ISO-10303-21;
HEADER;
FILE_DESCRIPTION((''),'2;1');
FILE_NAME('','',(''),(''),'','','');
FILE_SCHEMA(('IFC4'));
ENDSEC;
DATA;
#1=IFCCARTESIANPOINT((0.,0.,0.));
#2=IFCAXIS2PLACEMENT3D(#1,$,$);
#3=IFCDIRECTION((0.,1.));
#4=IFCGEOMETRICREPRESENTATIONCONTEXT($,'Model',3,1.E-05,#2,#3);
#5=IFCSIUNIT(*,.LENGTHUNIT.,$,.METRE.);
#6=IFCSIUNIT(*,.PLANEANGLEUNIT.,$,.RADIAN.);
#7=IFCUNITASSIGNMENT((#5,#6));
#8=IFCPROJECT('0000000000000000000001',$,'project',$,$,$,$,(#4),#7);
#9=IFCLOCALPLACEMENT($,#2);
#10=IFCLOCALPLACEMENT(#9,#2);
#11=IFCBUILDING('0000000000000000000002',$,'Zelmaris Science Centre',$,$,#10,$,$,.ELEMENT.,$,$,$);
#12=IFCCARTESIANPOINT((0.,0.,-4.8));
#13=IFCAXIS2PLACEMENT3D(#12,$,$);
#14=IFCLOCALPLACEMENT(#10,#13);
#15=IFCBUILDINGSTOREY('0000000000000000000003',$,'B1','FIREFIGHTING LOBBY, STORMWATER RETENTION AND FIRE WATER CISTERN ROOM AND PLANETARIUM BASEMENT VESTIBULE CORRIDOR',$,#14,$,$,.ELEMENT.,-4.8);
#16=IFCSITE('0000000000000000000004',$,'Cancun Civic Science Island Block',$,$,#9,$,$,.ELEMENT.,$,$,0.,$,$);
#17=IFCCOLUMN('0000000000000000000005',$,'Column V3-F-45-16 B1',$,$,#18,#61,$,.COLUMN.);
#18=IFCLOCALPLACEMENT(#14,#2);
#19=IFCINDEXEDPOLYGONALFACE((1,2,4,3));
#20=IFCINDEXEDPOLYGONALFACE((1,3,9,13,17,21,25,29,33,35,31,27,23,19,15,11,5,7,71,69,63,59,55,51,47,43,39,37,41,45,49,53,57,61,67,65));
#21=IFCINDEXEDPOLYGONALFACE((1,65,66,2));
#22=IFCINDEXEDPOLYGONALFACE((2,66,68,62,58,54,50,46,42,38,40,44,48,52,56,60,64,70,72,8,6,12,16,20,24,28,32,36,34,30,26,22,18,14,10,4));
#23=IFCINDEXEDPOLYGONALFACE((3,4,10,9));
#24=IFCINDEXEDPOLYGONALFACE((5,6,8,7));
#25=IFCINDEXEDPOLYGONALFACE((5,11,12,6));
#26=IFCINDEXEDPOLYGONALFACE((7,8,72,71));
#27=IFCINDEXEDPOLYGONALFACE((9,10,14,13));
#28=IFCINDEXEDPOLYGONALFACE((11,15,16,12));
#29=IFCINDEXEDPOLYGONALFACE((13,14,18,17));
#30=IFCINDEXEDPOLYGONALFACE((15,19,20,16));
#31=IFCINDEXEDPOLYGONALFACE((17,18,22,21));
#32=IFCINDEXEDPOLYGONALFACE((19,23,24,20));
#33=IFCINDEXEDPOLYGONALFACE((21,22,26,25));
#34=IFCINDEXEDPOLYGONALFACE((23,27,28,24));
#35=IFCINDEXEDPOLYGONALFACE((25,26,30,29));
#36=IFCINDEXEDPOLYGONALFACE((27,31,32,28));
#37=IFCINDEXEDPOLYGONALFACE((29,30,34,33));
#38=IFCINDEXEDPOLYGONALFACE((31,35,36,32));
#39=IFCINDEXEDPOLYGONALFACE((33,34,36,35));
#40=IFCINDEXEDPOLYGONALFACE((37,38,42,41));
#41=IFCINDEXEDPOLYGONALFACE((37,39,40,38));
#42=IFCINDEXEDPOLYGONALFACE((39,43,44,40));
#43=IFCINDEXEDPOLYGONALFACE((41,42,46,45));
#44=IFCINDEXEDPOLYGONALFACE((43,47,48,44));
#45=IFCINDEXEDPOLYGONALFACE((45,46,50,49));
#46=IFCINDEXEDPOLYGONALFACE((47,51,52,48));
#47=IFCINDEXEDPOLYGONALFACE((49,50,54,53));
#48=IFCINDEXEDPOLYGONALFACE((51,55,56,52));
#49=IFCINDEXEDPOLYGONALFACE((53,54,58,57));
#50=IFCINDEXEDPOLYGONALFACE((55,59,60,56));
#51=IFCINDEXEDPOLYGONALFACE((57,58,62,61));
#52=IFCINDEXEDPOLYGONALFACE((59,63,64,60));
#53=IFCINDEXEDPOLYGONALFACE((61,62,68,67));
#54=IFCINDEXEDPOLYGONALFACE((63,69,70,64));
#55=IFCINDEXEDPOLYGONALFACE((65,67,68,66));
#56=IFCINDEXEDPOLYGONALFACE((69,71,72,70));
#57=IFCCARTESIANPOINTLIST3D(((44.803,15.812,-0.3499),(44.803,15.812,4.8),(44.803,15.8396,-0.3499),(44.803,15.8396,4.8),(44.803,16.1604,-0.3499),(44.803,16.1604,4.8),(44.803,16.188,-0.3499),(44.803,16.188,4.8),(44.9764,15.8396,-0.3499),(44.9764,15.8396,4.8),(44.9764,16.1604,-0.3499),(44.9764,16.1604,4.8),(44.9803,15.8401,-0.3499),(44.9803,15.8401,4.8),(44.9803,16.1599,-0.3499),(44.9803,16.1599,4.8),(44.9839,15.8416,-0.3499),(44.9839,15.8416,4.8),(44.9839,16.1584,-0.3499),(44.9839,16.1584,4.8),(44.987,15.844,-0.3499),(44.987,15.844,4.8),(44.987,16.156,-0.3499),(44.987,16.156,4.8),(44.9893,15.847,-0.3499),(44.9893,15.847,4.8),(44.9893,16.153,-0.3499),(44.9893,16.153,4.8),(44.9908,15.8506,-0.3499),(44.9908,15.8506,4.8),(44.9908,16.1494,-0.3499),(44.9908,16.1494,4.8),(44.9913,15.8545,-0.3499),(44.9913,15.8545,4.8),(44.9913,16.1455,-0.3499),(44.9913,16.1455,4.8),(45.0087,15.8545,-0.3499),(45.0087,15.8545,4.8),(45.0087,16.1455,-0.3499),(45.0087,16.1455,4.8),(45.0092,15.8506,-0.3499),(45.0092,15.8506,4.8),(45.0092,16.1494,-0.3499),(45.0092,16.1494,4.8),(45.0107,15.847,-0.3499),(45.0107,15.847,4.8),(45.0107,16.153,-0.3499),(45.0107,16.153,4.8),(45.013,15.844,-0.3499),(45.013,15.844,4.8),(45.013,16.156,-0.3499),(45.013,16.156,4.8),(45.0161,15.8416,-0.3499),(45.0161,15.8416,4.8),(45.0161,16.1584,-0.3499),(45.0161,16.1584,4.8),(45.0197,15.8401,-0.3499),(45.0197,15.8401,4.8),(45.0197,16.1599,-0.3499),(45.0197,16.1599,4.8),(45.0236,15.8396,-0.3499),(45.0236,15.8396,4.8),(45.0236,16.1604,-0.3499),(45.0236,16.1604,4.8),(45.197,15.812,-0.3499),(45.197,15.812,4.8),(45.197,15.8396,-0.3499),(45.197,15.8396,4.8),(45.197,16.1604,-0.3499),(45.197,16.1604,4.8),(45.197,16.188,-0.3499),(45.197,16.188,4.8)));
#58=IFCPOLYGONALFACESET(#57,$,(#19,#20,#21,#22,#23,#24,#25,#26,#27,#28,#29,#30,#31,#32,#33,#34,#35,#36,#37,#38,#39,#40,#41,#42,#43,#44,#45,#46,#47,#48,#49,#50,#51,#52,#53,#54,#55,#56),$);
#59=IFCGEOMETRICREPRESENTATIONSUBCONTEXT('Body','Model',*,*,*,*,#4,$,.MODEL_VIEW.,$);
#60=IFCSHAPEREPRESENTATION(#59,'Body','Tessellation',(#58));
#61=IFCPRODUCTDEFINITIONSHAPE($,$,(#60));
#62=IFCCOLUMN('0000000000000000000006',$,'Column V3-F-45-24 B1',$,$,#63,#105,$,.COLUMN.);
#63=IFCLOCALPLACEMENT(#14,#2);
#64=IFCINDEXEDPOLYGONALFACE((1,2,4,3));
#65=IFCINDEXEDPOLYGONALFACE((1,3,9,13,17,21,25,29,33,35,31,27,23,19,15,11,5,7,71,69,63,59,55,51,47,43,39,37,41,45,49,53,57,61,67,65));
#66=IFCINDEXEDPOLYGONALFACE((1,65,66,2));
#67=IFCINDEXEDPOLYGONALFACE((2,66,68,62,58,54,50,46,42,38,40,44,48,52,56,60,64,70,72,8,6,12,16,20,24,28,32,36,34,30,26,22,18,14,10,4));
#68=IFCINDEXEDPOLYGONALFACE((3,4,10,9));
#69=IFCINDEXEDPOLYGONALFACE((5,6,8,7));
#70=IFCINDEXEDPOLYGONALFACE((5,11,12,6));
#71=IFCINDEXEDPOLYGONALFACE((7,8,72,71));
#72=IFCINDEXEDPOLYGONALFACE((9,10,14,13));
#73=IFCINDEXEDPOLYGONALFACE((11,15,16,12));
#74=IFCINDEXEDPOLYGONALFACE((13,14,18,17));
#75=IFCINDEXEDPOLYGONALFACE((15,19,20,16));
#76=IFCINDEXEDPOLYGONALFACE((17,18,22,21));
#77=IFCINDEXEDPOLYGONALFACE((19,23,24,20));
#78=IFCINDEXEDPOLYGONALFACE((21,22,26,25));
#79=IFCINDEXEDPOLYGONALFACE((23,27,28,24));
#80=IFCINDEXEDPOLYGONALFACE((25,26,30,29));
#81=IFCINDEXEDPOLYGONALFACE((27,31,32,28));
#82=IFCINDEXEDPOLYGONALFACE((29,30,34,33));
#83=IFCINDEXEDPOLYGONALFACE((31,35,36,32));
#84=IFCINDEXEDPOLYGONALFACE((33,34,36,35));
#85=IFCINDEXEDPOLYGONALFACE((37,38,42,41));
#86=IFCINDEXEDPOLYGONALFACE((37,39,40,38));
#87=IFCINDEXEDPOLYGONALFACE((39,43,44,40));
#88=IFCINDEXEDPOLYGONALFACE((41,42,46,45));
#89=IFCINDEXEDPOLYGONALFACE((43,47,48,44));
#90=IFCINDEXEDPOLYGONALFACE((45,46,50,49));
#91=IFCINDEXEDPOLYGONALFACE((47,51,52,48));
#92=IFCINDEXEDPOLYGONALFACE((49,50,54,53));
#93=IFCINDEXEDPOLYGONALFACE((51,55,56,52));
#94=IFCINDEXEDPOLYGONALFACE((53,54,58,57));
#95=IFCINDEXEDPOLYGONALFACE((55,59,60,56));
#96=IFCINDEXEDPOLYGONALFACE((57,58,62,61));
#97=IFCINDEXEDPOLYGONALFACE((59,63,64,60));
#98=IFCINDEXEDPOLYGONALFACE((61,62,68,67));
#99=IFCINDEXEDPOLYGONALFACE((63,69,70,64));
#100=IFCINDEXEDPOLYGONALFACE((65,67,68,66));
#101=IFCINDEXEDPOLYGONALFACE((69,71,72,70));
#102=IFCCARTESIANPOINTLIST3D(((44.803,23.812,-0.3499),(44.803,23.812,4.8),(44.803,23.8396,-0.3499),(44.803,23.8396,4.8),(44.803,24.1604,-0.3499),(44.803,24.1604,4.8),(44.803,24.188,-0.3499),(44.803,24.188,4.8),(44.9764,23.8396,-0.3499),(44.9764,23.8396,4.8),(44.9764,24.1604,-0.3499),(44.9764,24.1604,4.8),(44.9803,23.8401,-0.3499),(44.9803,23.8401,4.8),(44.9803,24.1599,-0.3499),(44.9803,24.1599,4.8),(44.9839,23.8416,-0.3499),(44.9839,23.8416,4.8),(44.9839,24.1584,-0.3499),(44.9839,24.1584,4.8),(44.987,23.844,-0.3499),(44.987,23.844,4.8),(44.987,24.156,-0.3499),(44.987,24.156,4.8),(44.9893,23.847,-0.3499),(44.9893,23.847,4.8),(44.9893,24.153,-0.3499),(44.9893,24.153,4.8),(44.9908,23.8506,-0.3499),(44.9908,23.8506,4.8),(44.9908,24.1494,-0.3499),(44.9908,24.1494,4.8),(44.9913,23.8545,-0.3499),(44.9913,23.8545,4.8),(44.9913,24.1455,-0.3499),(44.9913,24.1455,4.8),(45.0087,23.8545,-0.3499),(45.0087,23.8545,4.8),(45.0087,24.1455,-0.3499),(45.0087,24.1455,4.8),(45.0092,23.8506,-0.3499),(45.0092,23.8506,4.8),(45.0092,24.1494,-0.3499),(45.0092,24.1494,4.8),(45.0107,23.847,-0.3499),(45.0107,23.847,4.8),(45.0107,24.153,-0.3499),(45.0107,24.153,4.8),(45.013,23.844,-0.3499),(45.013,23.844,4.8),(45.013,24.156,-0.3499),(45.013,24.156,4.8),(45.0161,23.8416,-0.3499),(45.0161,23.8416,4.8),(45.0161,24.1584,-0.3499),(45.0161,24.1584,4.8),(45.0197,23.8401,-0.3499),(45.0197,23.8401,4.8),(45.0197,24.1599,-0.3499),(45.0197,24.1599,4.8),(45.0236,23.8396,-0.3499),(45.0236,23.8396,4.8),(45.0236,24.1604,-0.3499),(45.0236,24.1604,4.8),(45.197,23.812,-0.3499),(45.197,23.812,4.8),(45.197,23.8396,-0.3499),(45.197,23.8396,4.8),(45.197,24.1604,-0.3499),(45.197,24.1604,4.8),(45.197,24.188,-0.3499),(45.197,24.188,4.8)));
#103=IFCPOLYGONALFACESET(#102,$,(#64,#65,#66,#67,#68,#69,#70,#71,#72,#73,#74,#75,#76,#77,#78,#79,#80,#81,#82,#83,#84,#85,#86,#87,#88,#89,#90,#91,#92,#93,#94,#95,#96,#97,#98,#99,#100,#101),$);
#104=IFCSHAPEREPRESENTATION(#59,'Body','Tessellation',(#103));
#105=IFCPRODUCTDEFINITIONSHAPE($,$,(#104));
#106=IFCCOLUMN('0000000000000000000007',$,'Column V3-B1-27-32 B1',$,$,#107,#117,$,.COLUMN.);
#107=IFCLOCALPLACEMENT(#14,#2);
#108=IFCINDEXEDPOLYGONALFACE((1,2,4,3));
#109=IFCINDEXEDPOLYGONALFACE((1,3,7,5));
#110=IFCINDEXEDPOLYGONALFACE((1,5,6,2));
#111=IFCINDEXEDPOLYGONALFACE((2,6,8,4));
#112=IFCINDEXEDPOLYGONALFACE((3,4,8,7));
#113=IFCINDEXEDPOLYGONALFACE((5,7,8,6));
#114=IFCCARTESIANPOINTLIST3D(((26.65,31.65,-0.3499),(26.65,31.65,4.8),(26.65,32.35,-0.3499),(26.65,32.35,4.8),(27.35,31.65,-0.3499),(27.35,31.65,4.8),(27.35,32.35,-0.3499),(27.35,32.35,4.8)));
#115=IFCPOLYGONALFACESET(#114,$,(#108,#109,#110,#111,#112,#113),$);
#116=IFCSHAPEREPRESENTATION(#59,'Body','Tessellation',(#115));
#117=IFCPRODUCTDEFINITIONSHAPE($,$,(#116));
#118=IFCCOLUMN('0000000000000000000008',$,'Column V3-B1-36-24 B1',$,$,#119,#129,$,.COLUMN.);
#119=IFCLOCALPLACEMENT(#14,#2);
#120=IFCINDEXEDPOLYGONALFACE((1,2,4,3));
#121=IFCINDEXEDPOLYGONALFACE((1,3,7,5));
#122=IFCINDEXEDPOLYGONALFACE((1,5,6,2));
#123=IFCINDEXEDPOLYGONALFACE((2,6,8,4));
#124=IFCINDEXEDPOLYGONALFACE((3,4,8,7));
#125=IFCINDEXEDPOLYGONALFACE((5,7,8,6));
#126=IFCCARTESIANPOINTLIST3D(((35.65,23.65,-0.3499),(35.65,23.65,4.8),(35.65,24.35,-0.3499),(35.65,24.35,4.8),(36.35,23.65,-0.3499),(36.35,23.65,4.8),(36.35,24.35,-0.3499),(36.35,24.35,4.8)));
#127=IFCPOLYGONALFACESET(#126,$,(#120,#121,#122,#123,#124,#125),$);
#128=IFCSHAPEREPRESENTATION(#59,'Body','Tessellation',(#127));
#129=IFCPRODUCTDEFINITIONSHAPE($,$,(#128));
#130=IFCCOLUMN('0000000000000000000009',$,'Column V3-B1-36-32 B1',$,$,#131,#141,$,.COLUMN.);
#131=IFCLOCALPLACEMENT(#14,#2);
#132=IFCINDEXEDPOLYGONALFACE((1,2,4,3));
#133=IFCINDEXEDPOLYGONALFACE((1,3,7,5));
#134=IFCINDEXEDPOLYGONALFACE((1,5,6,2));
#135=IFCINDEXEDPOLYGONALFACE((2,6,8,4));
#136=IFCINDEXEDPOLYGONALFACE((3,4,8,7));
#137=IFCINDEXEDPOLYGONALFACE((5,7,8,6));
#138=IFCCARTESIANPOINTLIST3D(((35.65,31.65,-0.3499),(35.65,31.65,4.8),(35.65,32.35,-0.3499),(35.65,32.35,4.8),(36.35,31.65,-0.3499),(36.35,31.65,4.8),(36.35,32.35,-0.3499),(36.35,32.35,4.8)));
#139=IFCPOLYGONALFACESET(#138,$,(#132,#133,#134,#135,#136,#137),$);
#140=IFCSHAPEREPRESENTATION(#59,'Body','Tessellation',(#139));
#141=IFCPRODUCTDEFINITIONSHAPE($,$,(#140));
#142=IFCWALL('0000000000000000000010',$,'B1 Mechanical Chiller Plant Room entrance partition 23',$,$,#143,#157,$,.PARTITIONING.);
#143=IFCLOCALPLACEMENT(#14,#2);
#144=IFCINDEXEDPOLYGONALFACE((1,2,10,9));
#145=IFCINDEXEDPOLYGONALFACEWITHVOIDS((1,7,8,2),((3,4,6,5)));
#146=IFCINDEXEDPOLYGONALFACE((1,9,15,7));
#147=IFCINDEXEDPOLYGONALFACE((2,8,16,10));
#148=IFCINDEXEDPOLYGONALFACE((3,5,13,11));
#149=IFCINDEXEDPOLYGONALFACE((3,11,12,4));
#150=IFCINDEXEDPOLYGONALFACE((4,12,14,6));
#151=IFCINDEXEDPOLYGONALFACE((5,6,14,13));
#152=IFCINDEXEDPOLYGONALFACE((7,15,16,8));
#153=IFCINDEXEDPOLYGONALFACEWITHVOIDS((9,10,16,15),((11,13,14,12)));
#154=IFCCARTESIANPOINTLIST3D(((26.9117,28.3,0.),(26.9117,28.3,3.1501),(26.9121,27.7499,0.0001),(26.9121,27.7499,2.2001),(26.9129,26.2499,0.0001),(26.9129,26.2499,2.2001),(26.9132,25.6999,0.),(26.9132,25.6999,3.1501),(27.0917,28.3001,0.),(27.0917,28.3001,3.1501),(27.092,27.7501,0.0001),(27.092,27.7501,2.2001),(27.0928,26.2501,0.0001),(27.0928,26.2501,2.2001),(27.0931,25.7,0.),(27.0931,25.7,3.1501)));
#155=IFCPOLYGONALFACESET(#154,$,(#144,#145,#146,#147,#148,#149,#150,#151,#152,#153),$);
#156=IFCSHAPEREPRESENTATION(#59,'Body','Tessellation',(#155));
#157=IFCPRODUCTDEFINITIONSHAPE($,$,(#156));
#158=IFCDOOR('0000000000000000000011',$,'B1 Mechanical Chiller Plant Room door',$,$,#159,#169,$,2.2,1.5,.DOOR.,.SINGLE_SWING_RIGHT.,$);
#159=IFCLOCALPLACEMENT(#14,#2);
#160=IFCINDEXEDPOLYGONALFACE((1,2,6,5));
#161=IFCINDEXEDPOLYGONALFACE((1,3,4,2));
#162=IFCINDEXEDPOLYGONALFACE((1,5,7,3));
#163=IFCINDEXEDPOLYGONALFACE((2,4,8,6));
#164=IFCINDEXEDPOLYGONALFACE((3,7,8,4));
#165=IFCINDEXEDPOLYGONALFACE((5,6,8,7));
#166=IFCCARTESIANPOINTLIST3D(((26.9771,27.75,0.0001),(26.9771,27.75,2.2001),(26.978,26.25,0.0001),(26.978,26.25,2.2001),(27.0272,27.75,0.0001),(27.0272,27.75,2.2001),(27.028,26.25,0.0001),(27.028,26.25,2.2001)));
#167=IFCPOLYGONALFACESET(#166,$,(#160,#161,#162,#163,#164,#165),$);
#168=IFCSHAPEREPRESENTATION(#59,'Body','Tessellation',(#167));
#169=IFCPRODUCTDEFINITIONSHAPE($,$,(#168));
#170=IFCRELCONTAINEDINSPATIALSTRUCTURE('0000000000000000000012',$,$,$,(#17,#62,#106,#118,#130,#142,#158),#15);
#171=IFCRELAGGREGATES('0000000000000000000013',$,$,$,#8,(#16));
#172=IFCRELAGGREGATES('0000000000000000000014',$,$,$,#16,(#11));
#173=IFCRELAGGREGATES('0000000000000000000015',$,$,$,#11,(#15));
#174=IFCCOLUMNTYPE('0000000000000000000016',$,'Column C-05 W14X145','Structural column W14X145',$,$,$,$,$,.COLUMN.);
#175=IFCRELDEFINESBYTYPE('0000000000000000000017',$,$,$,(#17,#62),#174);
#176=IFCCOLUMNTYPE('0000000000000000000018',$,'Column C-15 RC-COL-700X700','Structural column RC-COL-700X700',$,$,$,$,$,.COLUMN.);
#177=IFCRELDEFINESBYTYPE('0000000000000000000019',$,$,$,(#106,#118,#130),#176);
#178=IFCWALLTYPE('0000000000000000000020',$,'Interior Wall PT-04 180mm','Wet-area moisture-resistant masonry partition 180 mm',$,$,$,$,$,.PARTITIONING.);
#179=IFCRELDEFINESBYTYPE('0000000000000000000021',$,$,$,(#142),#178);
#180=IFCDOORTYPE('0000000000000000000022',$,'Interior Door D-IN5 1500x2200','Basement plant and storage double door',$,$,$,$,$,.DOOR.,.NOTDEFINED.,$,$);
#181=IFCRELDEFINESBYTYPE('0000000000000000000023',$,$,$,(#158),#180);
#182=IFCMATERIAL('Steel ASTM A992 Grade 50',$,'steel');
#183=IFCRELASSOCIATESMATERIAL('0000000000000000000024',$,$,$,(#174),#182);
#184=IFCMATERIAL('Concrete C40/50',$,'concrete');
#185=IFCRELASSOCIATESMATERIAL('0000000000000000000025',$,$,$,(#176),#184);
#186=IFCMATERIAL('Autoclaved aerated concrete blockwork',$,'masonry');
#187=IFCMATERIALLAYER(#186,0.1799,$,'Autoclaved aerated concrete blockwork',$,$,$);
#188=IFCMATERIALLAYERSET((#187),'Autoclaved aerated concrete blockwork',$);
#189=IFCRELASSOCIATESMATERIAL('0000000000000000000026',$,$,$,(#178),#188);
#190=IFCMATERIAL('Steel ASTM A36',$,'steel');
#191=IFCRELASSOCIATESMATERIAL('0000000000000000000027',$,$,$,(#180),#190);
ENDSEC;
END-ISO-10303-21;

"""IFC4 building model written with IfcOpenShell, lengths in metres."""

from ifc_helpers import new_model, si_unit, direction, frame, frame_2d, origin, origin_2d, place, context, subcontext, project, spatial, rectangle, i_section, extrude, material, layer, layer_set, material_profile, profile_set, type_object, element, fill, save


model = new_model("IFC4")

# Units and contexts
model_context = context("Model", 3, precision=1e-05, world=origin(), true_north=direction((0.0, 1.0)))
body_context = subcontext(model_context, "Body", "Model", "MODEL_VIEW")
ifc_project = project(units=[si_unit("LENGTHUNIT", "METRE"), si_unit("PLANEANGLEUNIT", "RADIAN")], contexts=[model_context])

# Site, building, storey
site_placement = place(None, origin())
site = spatial("IfcSite", under=ifc_project, at=site_placement, Name="Cancun Civic Science Island Block", CompositionType="ELEMENT", RefElevation=0.0)
building_placement = place(site_placement, origin())
building = spatial("IfcBuilding", under=site, at=building_placement, Name="Zelmaris Science Centre", CompositionType="ELEMENT")
storey_placement = place(building_placement, frame((0.0, 0.0, -4.8)))
storey = spatial("IfcBuildingStorey", under=building, at=storey_placement, Name="B1", Description="FIREFIGHTING LOBBY, STORMWATER RETENTION AND FIRE WATER CISTERN ROOM AND PLANETARIUM BASEMENT VESTIBULE CORRIDOR", CompositionType="ELEMENT", Elevation=-4.8)

# Shared definitions
ifc_material_1 = material(Name="Concrete C40/50", Category="concrete")

# Columns
ifc_material_2 = material(Name="Steel ASTM A992 Grade 50", Category="steel")
ifc_material_profile_1 = material_profile(ifc_material_2, i_section(OverallWidth=0.394, OverallDepth=0.376, WebThickness=0.0173, FlangeThickness=0.0276, FilletRadius=0.0149, at=origin_2d()), Name="W14X145")
ifc_profile_set_1 = profile_set([ifc_material_profile_1], Name="Steel ASTM A992 Grade 50")
column_type_1 = type_object("IfcColumnType", Name="Column C-05 W14X145", Description="Structural column W14X145", PredefinedType="COLUMN", material=ifc_profile_set_1)
for number, where, z_axis, x_axis, name in (
    (1, (45.0, 16.0, -0.3499), (0.0, 0.0, 1.0), (1.0, 0.0, 0.0), "Column V3-F-45-16 B1"),
    (2, (45.0, 24.0, -0.3499), (0.0, 0.0, 1.0), (1.0, 0.0, 0.0), "Column V3-F-45-24 B1"),
):
    element("IfcColumn", number, at=place(storey_placement, frame(where, z_axis=z_axis, x_axis=x_axis)), inside=storey, type_object=column_type_1, Name=name, PredefinedType="COLUMN", context=body_context, shape_type="SweptSolid", body=[
        extrude(i_section(OverallWidth=0.394, OverallDepth=0.376, WebThickness=0.0173, FlangeThickness=0.0276, FilletRadius=0.0149, at=origin_2d()), origin(), (0.0, 0.0, 1.0), 5.1499),
    ])
ifc_material_profile_2 = material_profile(ifc_material_1, rectangle(XDim=0.7, YDim=0.7, at=origin_2d()), Name="RC-COL-700X700")
ifc_profile_set_2 = profile_set([ifc_material_profile_2], Name="Concrete C40/50")
column_type_2 = type_object("IfcColumnType", Name="Column C-15 RC-COL-700X700", Description="Structural column RC-COL-700X700", PredefinedType="COLUMN", material=ifc_profile_set_2)
for number, where, z_axis, x_axis, name in (
    (3, (27.0, 32.0, -0.3499), (0.0, 0.0, 1.0), (1.0, 0.0, 0.0), "Column V3-B1-27-32 B1"),
    (4, (36.0, 24.0, -0.3499), (0.0, 0.0, 1.0), (1.0, 0.0, 0.0), "Column V3-B1-36-24 B1"),
    (5, (36.0, 32.0, -0.3499), (0.0, 0.0, 1.0), (1.0, 0.0, 0.0), "Column V3-B1-36-32 B1"),
):
    element("IfcColumn", number, at=place(storey_placement, frame(where, z_axis=z_axis, x_axis=x_axis)), inside=storey, type_object=column_type_2, Name=name, PredefinedType="COLUMN", context=body_context, shape_type="SweptSolid", body=[
        extrude(rectangle(XDim=0.7, YDim=0.7, at=origin_2d()), origin(), (0.0, 0.0, 1.0), 5.1499),
    ])

# Wall, opening, door
ifc_material_3 = material(Name="Autoclaved aerated concrete blockwork", Category="masonry")
ifc_layer = layer(ifc_material_3, 0.1799, Name="Autoclaved aerated concrete blockwork")
ifc_layer_set = layer_set([ifc_layer], Name="Autoclaved aerated concrete blockwork")
wall_type = type_object("IfcWallType", Name="Interior Wall PT-04 180mm", Description="Wet-area moisture-resistant masonry partition 180 mm", PredefinedType="PARTITIONING", material=ifc_layer_set)
wall_placement = place(storey_placement, frame((27.0032, 25.7, 0.0), z_axis=(0.0, 0.0, 1.0), x_axis=(-0.000563, 1.0, 0.0)))
wall = element("IfcWall", 6, at=wall_placement, inside=storey, type_object=wall_type, Name="B1 Mechanical Chiller Plant Room entrance partition 23", PredefinedType="PARTITIONING", context=body_context, shape_type="SweptSolid", body=[
    extrude(rectangle(XDim=2.6001, YDim=0.1799, at=frame_2d((1.3, 0.0))), origin(), (0.0, 0.0, 1.0), 3.1501),
])
opening_placement = place(wall_placement, frame((0.55, 0.0, 0.0)))
opening = element("IfcOpeningElement", 7, at=opening_placement, cuts=wall, PredefinedType="OPENING", context=body_context, shape_type="SweptSolid", body=[
    extrude(rectangle(XDim=1.5, YDim=2.2, at=frame_2d((0.75, 1.1001))), frame((0.0, 0.0999, 0.0), z_axis=(0.0, -1.0, 0.0), x_axis=(1.0, 0.0, 0.0)), (0.0, 0.0, 1.0), 0.2),
])
ifc_material_4 = material(Name="Steel ASTM A36", Category="steel")
door_type = type_object("IfcDoorType", Name="Interior Door D-IN5 1500x2200", Description="Basement plant and storage double door", OperationType="NOTDEFINED", PredefinedType="DOOR", material=ifc_material_4)
door_placement = place(opening_placement, origin())
door = element("IfcDoor", 8, at=door_placement, inside=storey, type_object=door_type, Name="B1 Mechanical Chiller Plant Room door", OperationType="SINGLE_SWING_RIGHT", OverallHeight=2.2, OverallWidth=1.5, PredefinedType="DOOR", context=body_context, shape_type="SweptSolid", body=[
    extrude(rectangle(XDim=1.5, YDim=2.2, at=frame_2d((0.75, 1.1001))), frame((0.0, 0.0249, 0.0), z_axis=(0.0, -1.0, 0.0), x_axis=(1.0, 0.0, 0.0)), (0.0, 0.0, 1.0), 0.05),
])
fill(opening, door)

save(model, "model.ifc")
